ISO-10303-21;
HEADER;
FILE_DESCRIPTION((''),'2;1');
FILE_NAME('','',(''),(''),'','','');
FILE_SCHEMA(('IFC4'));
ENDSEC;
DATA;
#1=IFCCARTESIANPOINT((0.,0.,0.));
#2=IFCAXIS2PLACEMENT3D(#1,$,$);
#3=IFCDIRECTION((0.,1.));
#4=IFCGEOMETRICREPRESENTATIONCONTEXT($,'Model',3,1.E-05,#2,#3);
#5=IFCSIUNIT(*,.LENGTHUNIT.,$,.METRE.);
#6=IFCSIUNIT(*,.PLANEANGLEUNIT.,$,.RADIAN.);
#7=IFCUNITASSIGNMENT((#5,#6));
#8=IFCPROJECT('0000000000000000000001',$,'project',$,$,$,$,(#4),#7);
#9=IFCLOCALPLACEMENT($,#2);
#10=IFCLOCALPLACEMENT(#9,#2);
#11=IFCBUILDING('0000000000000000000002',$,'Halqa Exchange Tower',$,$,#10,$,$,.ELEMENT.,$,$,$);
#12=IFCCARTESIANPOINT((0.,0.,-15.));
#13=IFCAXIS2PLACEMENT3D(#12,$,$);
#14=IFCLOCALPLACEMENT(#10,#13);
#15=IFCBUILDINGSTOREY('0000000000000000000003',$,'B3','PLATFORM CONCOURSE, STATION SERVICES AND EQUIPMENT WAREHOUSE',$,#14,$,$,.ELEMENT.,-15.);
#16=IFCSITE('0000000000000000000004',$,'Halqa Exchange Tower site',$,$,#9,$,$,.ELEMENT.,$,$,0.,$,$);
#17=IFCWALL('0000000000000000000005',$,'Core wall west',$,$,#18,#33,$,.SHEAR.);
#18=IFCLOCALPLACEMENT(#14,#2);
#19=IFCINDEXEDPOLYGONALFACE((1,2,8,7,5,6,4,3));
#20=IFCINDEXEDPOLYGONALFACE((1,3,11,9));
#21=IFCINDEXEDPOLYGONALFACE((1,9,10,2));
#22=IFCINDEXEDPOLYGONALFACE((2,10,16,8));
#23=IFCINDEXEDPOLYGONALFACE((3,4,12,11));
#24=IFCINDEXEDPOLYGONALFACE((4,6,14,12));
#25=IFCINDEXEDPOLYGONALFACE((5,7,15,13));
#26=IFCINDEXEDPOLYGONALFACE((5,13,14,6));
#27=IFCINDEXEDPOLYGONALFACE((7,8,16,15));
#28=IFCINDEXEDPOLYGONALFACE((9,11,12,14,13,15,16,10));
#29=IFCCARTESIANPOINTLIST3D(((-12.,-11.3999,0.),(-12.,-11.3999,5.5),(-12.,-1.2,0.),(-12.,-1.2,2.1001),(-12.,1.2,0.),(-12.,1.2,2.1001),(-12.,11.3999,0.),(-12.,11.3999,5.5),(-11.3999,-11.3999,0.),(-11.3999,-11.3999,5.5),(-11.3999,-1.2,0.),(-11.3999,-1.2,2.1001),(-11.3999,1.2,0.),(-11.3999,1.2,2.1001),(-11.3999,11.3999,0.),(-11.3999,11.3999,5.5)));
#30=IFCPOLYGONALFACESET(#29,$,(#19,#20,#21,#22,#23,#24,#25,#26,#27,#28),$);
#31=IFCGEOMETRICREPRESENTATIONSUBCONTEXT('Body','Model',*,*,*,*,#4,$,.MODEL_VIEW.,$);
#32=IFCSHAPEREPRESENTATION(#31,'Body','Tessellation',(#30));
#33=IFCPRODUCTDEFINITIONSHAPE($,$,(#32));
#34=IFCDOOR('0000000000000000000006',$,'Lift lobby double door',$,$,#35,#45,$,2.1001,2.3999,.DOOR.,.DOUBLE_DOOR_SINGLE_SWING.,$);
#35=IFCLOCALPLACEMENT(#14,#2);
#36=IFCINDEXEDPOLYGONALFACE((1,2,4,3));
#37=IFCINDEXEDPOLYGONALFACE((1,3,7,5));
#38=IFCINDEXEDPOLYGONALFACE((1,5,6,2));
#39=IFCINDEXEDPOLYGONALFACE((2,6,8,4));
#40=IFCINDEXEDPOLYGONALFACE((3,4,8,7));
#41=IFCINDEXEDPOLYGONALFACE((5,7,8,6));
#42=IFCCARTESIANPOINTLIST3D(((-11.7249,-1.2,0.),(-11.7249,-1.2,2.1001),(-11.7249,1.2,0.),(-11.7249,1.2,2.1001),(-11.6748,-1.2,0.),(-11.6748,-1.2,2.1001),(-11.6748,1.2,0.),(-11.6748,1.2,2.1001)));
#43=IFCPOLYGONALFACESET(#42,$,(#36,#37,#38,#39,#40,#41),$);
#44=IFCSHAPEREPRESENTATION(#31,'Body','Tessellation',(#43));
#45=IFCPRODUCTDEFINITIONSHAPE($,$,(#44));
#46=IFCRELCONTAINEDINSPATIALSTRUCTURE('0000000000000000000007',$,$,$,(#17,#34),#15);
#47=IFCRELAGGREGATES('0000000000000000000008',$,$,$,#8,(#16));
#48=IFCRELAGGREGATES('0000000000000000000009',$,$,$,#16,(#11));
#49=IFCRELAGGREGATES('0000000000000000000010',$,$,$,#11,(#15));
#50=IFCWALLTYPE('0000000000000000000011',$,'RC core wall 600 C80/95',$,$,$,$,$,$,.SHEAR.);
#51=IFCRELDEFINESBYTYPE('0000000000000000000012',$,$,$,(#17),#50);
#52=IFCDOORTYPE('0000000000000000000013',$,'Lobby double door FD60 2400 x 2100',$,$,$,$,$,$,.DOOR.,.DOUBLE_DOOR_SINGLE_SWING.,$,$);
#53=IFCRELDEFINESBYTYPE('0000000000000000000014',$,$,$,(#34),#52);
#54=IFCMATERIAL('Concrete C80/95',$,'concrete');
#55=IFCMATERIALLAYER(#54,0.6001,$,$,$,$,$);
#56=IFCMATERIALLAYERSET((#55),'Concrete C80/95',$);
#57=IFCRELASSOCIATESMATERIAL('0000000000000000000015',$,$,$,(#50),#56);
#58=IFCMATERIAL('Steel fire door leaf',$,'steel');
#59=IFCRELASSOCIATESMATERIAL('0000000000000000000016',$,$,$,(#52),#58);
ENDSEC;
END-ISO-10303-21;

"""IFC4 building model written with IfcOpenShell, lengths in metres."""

from ifc_helpers import new_model, si_unit, direction, frame, frame_2d, origin, place, context, subcontext, project, spatial, rectangle, extrude, material, layer, layer_set, type_object, element, fill, save


model = new_model("IFC4")

# Units and contexts
model_context = context("Model", 3, precision=1e-05, world=origin(), true_north=direction((0.0, 1.0)))
body_context = subcontext(model_context, "Body", "Model", "MODEL_VIEW")
ifc_project = project(units=[si_unit("LENGTHUNIT", "METRE"), si_unit("PLANEANGLEUNIT", "RADIAN")], contexts=[model_context])

# Site, building, storey
site_placement = place(None, origin())
site = spatial("IfcSite", under=ifc_project, at=site_placement, Name="Halqa Exchange Tower site", CompositionType="ELEMENT", RefElevation=0.0)
building_placement = place(site_placement, origin())
building = spatial("IfcBuilding", under=site, at=building_placement, Name="Halqa Exchange Tower", CompositionType="ELEMENT")
storey_placement = place(building_placement, frame((0.0, 0.0, -15.0)))
storey = spatial("IfcBuildingStorey", under=building, at=storey_placement, Name="B3", Description="PLATFORM CONCOURSE, STATION SERVICES AND EQUIPMENT WAREHOUSE", CompositionType="ELEMENT", Elevation=-15.0)

# Shared definitions
ifc_material_1 = material(Name="Steel fire door leaf", Category="steel")

# Wall, opening, door
ifc_material_2 = material(Name="Concrete C80/95", Category="concrete")
ifc_layer_1 = layer(ifc_material_2, 0.6001)
ifc_layer_set_1 = layer_set([ifc_layer_1], Name="Concrete C80/95")
wall_type_1 = type_object("IfcWallType", Name="RC core wall 600 C80/95", PredefinedType="SHEAR", material=ifc_layer_set_1)
wall_1_placement = place(storey_placement, frame((-11.7, -11.3999, 0.0), z_axis=(0.0, 0.0, 1.0), x_axis=(0.0, 1.0, 0.0)))
wall_1 = element("IfcWall", 1, at=wall_1_placement, inside=storey, type_object=wall_type_1, Name="Core wall west", PredefinedType="SHEAR", context=body_context, shape_type="SweptSolid", body=[
    extrude(rectangle(XDim=22.7998, YDim=0.6001, at=frame_2d((11.3999, 0.0))), origin(), (0.0, 0.0, 1.0), 5.5),
])
opening_1_placement = place(wall_1_placement, frame((10.2, 0.0, 0.0)))
opening_1 = element("IfcOpeningElement", 2, at=opening_1_placement, cuts=wall_1, PredefinedType="OPENING", context=body_context, shape_type="SweptSolid", body=[
    extrude(rectangle(XDim=2.3999, YDim=2.1001, at=frame_2d((1.2, 1.05))), frame((0.0, 0.312, 0.0), z_axis=(0.0, -1.0, 0.0), x_axis=(1.0, 0.0, 0.0)), (0.0, 0.0, 1.0), 0.624),
])
door_type_1 = type_object("IfcDoorType", Name="Lobby double door FD60 2400 x 2100", OperationType="DOUBLE_DOOR_SINGLE_SWING", PredefinedType="DOOR", material=ifc_material_1)
door_1_placement = place(opening_1_placement, origin())
door_1 = element("IfcDoor", 3, at=door_1_placement, inside=storey, type_object=door_type_1, Name="Lift lobby double door", OperationType="DOUBLE_DOOR_SINGLE_SWING", OverallHeight=2.1001, OverallWidth=2.3999, PredefinedType="DOOR", context=body_context, shape_type="SweptSolid", body=[
    extrude(rectangle(XDim=2.3999, YDim=2.1001, at=frame_2d((1.2, 1.05))), frame((0.0, 0.0249, 0.0), z_axis=(0.0, -1.0, 0.0), x_axis=(1.0, 0.0, 0.0)), (0.0, 0.0, 1.0), 0.05),
])
fill(opening_1, door_1)

save(model, "model.ifc")
